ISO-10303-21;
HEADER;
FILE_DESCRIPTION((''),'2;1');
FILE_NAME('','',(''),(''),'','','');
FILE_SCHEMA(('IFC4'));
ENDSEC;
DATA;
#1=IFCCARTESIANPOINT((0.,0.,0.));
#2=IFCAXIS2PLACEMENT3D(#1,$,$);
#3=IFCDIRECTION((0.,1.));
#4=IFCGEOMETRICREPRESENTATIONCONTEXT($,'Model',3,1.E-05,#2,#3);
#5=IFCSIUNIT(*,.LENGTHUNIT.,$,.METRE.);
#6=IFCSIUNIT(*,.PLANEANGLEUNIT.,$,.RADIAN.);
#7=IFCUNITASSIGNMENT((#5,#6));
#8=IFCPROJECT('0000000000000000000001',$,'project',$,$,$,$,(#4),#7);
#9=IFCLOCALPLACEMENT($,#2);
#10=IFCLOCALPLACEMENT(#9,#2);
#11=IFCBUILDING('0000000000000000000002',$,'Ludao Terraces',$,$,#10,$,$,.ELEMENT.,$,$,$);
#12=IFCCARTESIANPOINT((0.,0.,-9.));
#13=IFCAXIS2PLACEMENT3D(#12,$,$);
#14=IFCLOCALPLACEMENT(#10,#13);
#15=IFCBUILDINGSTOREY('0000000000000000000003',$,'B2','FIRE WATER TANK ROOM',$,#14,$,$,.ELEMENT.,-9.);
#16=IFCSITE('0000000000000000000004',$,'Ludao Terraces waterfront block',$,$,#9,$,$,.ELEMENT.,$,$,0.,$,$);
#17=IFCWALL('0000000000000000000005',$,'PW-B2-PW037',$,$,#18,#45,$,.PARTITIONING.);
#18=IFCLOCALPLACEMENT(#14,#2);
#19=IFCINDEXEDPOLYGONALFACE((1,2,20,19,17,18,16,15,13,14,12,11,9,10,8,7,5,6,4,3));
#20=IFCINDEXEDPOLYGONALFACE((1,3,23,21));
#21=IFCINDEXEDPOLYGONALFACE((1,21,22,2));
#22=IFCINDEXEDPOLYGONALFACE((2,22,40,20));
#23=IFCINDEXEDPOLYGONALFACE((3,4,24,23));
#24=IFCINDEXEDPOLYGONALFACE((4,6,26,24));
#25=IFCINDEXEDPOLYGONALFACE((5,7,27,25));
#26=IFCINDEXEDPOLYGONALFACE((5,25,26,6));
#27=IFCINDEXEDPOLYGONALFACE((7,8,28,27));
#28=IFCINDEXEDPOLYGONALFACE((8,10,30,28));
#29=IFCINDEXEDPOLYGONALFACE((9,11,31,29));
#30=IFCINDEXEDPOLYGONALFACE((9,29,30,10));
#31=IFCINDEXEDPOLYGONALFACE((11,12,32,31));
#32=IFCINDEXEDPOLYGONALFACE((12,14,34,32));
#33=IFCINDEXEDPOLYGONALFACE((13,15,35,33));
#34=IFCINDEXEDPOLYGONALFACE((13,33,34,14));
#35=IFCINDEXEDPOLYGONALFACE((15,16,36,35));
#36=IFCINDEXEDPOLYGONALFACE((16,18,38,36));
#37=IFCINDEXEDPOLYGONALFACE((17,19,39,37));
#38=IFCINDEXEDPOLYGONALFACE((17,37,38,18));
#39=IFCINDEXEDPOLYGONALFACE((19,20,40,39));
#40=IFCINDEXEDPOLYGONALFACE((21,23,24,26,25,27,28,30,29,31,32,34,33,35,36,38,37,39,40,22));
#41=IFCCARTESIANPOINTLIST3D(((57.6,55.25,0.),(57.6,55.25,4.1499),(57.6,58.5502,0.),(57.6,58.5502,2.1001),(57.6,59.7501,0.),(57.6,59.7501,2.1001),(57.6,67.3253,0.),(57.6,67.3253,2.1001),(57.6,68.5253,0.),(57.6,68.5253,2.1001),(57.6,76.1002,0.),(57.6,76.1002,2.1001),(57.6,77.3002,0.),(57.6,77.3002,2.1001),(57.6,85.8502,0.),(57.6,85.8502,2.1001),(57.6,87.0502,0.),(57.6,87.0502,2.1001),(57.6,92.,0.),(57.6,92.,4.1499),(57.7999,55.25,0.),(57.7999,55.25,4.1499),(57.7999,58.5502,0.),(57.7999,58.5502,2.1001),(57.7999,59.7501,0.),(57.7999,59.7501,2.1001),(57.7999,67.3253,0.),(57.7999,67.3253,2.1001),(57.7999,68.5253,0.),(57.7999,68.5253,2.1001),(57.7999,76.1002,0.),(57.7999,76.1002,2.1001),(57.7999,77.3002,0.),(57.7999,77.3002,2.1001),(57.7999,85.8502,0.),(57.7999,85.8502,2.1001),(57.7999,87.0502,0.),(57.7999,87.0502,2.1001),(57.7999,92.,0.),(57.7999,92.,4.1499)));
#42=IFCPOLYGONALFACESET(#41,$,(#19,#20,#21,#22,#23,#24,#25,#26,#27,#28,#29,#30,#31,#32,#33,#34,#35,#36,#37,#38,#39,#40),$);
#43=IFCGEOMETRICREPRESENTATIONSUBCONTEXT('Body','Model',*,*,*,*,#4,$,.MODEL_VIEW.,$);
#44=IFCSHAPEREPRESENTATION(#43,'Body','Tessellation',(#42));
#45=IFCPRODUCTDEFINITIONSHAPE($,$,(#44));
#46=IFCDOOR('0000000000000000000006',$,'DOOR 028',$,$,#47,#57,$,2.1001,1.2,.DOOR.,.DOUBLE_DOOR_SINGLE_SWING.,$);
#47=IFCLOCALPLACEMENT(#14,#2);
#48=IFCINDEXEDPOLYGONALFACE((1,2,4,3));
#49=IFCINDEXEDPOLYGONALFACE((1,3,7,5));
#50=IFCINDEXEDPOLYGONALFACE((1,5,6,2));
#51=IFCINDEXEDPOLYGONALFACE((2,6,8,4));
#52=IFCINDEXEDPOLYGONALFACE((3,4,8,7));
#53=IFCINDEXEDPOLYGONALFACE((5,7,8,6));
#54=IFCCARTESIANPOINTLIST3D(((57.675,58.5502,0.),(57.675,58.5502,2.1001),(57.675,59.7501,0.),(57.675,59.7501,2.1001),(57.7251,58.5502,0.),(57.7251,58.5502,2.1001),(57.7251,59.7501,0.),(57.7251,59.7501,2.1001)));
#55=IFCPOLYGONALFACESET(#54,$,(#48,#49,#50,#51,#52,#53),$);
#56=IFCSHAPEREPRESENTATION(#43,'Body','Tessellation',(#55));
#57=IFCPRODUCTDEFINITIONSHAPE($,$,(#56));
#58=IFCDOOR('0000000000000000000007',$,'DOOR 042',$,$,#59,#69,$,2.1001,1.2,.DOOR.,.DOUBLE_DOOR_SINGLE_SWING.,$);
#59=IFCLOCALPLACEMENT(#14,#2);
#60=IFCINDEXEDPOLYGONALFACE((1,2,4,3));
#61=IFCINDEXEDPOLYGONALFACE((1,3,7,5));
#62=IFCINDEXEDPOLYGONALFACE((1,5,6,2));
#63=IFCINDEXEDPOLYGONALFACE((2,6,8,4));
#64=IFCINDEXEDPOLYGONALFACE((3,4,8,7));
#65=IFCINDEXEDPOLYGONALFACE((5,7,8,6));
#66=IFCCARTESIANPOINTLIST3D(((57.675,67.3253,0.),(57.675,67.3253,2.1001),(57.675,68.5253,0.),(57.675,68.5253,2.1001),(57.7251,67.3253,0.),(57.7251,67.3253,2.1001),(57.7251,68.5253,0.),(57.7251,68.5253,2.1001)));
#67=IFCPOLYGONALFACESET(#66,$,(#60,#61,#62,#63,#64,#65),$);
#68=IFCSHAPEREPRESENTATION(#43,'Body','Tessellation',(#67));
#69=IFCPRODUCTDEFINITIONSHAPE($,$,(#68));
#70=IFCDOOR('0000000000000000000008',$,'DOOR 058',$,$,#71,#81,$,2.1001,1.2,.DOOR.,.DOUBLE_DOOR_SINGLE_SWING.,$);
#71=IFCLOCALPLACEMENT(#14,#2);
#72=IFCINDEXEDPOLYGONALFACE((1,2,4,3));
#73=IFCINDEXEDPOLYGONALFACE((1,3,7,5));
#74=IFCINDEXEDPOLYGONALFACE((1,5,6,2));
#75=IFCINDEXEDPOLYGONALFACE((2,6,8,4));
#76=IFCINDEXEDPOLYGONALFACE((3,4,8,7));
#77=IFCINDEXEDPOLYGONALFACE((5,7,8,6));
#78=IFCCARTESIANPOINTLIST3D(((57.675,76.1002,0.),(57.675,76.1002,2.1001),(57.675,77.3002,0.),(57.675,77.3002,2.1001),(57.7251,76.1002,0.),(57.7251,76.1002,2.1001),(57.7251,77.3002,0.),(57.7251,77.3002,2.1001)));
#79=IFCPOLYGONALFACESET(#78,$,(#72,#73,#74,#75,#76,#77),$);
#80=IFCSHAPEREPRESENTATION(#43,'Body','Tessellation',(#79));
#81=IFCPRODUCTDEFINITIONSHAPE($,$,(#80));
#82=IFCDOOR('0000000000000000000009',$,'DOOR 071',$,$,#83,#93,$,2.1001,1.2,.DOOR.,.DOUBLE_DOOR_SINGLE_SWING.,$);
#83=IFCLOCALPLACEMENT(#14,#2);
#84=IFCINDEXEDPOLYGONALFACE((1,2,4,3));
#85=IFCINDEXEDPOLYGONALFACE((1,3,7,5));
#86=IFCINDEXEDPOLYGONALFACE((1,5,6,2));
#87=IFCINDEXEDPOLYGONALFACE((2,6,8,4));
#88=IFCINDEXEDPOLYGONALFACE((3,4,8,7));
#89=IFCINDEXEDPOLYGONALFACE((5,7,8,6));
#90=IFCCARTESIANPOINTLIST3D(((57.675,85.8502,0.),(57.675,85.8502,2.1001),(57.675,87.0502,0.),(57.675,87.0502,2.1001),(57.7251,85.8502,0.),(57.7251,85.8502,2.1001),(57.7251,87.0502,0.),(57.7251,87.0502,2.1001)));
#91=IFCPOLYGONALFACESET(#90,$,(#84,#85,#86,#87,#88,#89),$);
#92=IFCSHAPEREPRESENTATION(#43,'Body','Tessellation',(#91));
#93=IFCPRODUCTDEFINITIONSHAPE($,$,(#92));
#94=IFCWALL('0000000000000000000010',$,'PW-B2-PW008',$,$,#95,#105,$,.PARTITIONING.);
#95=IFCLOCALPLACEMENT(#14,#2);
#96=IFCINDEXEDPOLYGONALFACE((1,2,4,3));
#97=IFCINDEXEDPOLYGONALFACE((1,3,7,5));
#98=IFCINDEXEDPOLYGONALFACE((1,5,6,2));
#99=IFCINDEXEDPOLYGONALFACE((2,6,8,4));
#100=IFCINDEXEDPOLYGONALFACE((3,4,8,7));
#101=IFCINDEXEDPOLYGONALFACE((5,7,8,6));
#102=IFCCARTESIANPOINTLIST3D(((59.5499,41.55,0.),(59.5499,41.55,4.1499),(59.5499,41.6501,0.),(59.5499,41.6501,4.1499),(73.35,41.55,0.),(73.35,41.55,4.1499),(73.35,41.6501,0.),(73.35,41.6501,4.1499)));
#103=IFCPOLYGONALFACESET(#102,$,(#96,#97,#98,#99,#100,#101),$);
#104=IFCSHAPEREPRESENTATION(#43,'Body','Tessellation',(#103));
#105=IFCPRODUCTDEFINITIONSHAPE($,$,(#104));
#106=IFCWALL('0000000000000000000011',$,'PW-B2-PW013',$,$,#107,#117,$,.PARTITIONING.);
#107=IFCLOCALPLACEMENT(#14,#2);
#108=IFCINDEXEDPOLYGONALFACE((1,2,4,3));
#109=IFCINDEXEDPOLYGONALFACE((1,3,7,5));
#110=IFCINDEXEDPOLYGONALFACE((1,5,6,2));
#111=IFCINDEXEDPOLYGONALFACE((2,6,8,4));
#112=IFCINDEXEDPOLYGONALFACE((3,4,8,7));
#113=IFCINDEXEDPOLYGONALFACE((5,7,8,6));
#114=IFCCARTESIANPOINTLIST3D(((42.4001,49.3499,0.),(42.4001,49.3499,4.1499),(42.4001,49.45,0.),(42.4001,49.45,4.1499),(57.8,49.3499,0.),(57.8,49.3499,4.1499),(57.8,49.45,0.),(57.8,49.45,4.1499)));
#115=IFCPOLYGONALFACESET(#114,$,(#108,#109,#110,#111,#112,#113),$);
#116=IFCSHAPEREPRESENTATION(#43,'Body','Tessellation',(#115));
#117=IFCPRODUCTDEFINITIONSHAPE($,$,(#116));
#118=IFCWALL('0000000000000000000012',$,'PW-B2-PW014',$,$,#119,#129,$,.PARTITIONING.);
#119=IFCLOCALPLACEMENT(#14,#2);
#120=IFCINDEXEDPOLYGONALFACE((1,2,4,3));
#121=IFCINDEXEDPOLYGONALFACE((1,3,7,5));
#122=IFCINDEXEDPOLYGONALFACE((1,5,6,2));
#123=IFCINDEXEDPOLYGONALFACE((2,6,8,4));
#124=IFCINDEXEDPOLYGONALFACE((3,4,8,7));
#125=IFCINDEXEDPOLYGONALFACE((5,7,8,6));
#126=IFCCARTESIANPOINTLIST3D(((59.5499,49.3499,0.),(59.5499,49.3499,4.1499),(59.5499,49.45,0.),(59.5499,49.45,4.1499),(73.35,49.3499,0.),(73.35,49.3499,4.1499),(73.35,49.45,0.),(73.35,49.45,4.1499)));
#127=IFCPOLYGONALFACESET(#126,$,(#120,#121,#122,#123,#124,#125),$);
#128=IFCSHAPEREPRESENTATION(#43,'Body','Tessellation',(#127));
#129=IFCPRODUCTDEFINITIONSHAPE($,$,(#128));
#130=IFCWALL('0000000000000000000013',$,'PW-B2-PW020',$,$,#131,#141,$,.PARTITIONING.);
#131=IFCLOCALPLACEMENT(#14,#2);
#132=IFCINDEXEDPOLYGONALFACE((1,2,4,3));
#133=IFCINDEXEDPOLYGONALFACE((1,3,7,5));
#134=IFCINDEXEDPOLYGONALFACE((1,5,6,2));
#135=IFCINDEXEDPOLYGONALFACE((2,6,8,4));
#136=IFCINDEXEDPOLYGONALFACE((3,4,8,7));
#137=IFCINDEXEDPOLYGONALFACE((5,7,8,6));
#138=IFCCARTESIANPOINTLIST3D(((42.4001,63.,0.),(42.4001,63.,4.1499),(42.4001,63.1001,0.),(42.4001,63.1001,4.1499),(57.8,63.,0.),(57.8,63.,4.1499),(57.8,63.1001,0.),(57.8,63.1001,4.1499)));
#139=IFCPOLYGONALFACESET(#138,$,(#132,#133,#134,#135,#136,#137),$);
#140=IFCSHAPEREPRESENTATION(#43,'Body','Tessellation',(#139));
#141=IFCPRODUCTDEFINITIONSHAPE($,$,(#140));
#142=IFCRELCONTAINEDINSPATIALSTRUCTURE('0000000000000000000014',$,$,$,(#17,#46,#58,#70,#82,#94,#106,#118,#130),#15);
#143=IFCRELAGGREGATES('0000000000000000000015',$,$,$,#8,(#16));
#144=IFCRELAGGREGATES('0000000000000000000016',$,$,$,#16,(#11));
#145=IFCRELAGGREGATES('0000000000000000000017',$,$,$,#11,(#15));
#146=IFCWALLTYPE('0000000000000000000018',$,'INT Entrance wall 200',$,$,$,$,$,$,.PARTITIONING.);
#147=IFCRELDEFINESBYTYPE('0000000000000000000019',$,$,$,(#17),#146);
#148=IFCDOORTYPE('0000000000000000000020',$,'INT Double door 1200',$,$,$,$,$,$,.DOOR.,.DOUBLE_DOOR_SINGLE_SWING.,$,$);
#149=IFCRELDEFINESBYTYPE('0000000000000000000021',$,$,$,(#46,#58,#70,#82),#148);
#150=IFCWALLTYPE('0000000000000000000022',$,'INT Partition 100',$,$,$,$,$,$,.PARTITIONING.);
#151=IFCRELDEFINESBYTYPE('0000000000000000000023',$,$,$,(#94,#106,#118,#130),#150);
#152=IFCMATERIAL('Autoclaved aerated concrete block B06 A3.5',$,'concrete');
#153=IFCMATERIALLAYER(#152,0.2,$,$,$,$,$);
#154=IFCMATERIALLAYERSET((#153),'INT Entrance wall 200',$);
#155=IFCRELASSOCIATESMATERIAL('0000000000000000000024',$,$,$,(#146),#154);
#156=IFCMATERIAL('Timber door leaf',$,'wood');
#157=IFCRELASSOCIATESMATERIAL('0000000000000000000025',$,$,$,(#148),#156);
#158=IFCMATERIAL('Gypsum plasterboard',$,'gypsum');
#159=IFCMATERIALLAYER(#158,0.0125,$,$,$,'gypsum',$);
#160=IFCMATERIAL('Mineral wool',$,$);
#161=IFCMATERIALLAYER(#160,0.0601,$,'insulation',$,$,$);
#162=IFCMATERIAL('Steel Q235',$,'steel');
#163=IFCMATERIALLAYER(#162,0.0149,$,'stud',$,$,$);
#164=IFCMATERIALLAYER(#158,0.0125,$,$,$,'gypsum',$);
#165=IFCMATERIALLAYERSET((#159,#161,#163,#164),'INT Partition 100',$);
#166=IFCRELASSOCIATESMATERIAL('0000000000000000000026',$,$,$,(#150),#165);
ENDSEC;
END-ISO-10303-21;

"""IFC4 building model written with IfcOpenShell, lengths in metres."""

from ifc_helpers import new_model, si_unit, direction, frame, frame_2d, origin, place, context, subcontext, project, spatial, rectangle, extrude, material, layer, layer_set, type_object, element, fill, save


model = new_model("IFC4")

# Units and contexts
model_context = context("Model", 3, precision=1e-05, world=origin(), true_north=direction((0.0, 1.0)))
body_context = subcontext(model_context, "Body", "Model", "MODEL_VIEW")
ifc_project = project(units=[si_unit("LENGTHUNIT", "METRE"), si_unit("PLANEANGLEUNIT", "RADIAN")], contexts=[model_context])

# Site, building, storey
site_placement = place(None, origin())
site = spatial("IfcSite", under=ifc_project, at=site_placement, Name="Ludao Terraces waterfront block", CompositionType="ELEMENT", RefElevation=0.0)
building_placement = place(site_placement, origin())
building = spatial("IfcBuilding", under=site, at=building_placement, Name="Ludao Terraces", CompositionType="ELEMENT")
storey_placement = place(building_placement, frame((0.0, 0.0, -9.0)))
storey = spatial("IfcBuildingStorey", under=building, at=storey_placement, Name="B2", Description="FIRE WATER TANK ROOM", CompositionType="ELEMENT", Elevation=-9.0)

# Shared definitions
ifc_material_1 = material(Name="Autoclaved aerated concrete block B06 A3.5", Category="concrete")
ifc_layer_1 = layer(ifc_material_1, 0.2)
ifc_layer_set_1 = layer_set([ifc_layer_1], Name="INT Entrance wall 200")
wall_type_1 = type_object("IfcWallType", Name="INT Entrance wall 200", PredefinedType="PARTITIONING", material=ifc_layer_set_1)

# Wall, openings, doors
wall_1_placement = place(storey_placement, frame((57.7, 55.25, 0.0), z_axis=(0.0, 0.0, 1.0), x_axis=(0.0, 1.0, 0.0)))
wall_1 = element("IfcWall", 1, at=wall_1_placement, inside=storey, type_object=wall_type_1, Name="PW-B2-PW037", PredefinedType="PARTITIONING", context=body_context, shape_type="SweptSolid", body=[
    extrude(rectangle(XDim=36.75, YDim=0.2, at=frame_2d((18.375, 0.0))), origin(), (0.0, 0.0, 1.0), 4.1499),
])
opening_1_placement = place(wall_1_placement, frame((3.3, 0.0, 0.0)))
opening_1 = element("IfcOpeningElement", 2, at=opening_1_placement, cuts=wall_1, PredefinedType="OPENING", context=body_context, shape_type="SweptSolid", body=[
    extrude(rectangle(XDim=1.2, YDim=2.1001, at=frame_2d((0.6001, 1.05))), frame((0.0, 0.1099, 0.0), z_axis=(0.0, -1.0, 0.0), x_axis=(1.0, 0.0, 0.0)), (0.0, 0.0, 1.0), 0.22),
])
opening_2_placement = place(wall_1_placement, frame((12.0752, 0.0, 0.0)))
opening_2 = element("IfcOpeningElement", 3, at=opening_2_placement, cuts=wall_1, PredefinedType="OPENING", context=body_context, shape_type="SweptSolid", body=[
    extrude(rectangle(XDim=1.2, YDim=2.1001, at=frame_2d((0.6001, 1.05))), frame((0.0, 0.1099, 0.0), z_axis=(0.0, -1.0, 0.0), x_axis=(1.0, 0.0, 0.0)), (0.0, 0.0, 1.0), 0.22),
])
opening_3_placement = place(wall_1_placement, frame((20.8501, 0.0, 0.0)))
opening_3 = element("IfcOpeningElement", 4, at=opening_3_placement, cuts=wall_1, PredefinedType="OPENING", context=body_context, shape_type="SweptSolid", body=[
    extrude(rectangle(XDim=1.2, YDim=2.1001, at=frame_2d((0.6001, 1.05))), frame((0.0, 0.1099, 0.0), z_axis=(0.0, -1.0, 0.0), x_axis=(1.0, 0.0, 0.0)), (0.0, 0.0, 1.0), 0.22),
])
opening_4_placement = place(wall_1_placement, frame((30.6001, 0.0, 0.0)))
opening_4 = element("IfcOpeningElement", 5, at=opening_4_placement, cuts=wall_1, PredefinedType="OPENING", context=body_context, shape_type="SweptSolid", body=[
    extrude(rectangle(XDim=1.2, YDim=2.1001, at=frame_2d((0.6001, 1.05))), frame((0.0, 0.1099, 0.0), z_axis=(0.0, -1.0, 0.0), x_axis=(1.0, 0.0, 0.0)), (0.0, 0.0, 1.0), 0.22),
])
ifc_material_2 = material(Name="Timber door leaf", Category="wood")
door_type = type_object("IfcDoorType", Name="INT Double door 1200", OperationType="DOUBLE_DOOR_SINGLE_SWING", PredefinedType="DOOR", material=ifc_material_2)
door_1_placement = place(opening_1_placement, origin())
door_1 = element("IfcDoor", 6, at=door_1_placement, inside=storey, type_object=door_type, Name="DOOR 028", OperationType="DOUBLE_DOOR_SINGLE_SWING", OverallHeight=2.1001, OverallWidth=1.2, PredefinedType="DOOR", context=body_context, shape_type="SweptSolid", body=[
    extrude(rectangle(XDim=1.2, YDim=2.1001, at=frame_2d((0.6001, 1.05))), frame((0.0, 0.0249, 0.0), z_axis=(0.0, -1.0, 0.0), x_axis=(1.0, 0.0, 0.0)), (0.0, 0.0, 1.0), 0.05),
])
fill(opening_1, door_1)
door_2_placement = place(opening_2_placement, origin())
door_2 = element("IfcDoor", 7, at=door_2_placement, inside=storey, type_object=door_type, Name="DOOR 042", OperationType="DOUBLE_DOOR_SINGLE_SWING", OverallHeight=2.1001, OverallWidth=1.2, PredefinedType="DOOR", context=body_context, shape_type="SweptSolid", body=[
    extrude(rectangle(XDim=1.2, YDim=2.1001, at=frame_2d((0.6001, 1.05))), frame((0.0, 0.0249, 0.0), z_axis=(0.0, -1.0, 0.0), x_axis=(1.0, 0.0, 0.0)), (0.0, 0.0, 1.0), 0.05),
])
fill(opening_2, door_2)
door_3_placement = place(opening_3_placement, origin())
door_3 = element("IfcDoor", 8, at=door_3_placement, inside=storey, type_object=door_type, Name="DOOR 058", OperationType="DOUBLE_DOOR_SINGLE_SWING", OverallHeight=2.1001, OverallWidth=1.2, PredefinedType="DOOR", context=body_context, shape_type="SweptSolid", body=[
    extrude(rectangle(XDim=1.2, YDim=2.1001, at=frame_2d((0.6001, 1.05))), frame((0.0, 0.0249, 0.0), z_axis=(0.0, -1.0, 0.0), x_axis=(1.0, 0.0, 0.0)), (0.0, 0.0, 1.0), 0.05),
])
fill(opening_3, door_3)
door_4_placement = place(opening_4_placement, origin())
door_4 = element("IfcDoor", 9, at=door_4_placement, inside=storey, type_object=door_type, Name="DOOR 071", OperationType="DOUBLE_DOOR_SINGLE_SWING", OverallHeight=2.1001, OverallWidth=1.2, PredefinedType="DOOR", context=body_context, shape_type="SweptSolid", body=[
    extrude(rectangle(XDim=1.2, YDim=2.1001, at=frame_2d((0.6001, 1.05))), frame((0.0, 0.0249, 0.0), z_axis=(0.0, -1.0, 0.0), x_axis=(1.0, 0.0, 0.0)), (0.0, 0.0, 1.0), 0.05),
])
fill(opening_4, door_4)

# Walls
ifc_material_3 = material(Name="Gypsum plasterboard", Category="gypsum")
ifc_layer_2 = layer(ifc_material_3, 0.0125, Category="gypsum")
ifc_material_4 = material(Name="Mineral wool")
ifc_layer_3 = layer(ifc_material_4, 0.0601, Name="insulation")
ifc_material_5 = material(Name="Steel Q235", Category="steel")
ifc_layer_4 = layer(ifc_material_5, 0.0149, Name="stud")
ifc_layer_5 = layer(ifc_material_3, 0.0125, Category="gypsum")
ifc_layer_set_2 = layer_set([ifc_layer_2, ifc_layer_3, ifc_layer_4, ifc_layer_5], Name="INT Partition 100")
wall_type_2 = type_object("IfcWallType", Name="INT Partition 100", PredefinedType="PARTITIONING", material=ifc_layer_set_2)
wall_2_placement = place(storey_placement, frame((59.55, 41.6001, 0.0), z_axis=(0.0, 0.0, 1.0), x_axis=(1.0, 0.0, 0.0)))
element("IfcWall", 10, at=wall_2_placement, inside=storey, type_object=wall_type_2, Name="PW-B2-PW008", PredefinedType="PARTITIONING", context=body_context, shape_type="SweptSolid", body=[
    extrude(rectangle(XDim=13.8, YDim=0.1001, at=frame_2d((6.8999, 0.0))), origin(), (0.0, 0.0, 1.0), 4.1499),
])
wall_3_placement = place(storey_placement, frame((42.4001, 49.3999, 0.0), z_axis=(0.0, 0.0, 1.0), x_axis=(1.0, 0.0, 0.0)))
element("IfcWall", 11, at=wall_3_placement, inside=storey, type_object=wall_type_2, Name="PW-B2-PW013", PredefinedType="PARTITIONING", context=body_context, shape_type="SweptSolid", body=[
    extrude(rectangle(XDim=15.3999, YDim=0.1001, at=frame_2d((7.7, 0.0))), origin(), (0.0, 0.0, 1.0), 4.1499),
])
wall_4_placement = place(storey_placement, frame((59.55, 49.3999, 0.0), z_axis=(0.0, 0.0, 1.0), x_axis=(1.0, 0.0, 0.0)))
element("IfcWall", 12, at=wall_4_placement, inside=storey, type_object=wall_type_2, Name="PW-B2-PW014", PredefinedType="PARTITIONING", context=body_context, shape_type="SweptSolid", body=[
    extrude(rectangle(XDim=13.8, YDim=0.1001, at=frame_2d((6.8999, 0.0))), origin(), (0.0, 0.0, 1.0), 4.1499),
])
wall_5_placement = place(storey_placement, frame((42.4001, 63.05, 0.0), z_axis=(0.0, 0.0, 1.0), x_axis=(1.0, 0.0, 0.0)))
element("IfcWall", 13, at=wall_5_placement, inside=storey, type_object=wall_type_2, Name="PW-B2-PW020", PredefinedType="PARTITIONING", context=body_context, shape_type="SweptSolid", body=[
    extrude(rectangle(XDim=15.3999, YDim=0.1001, at=frame_2d((7.7, 0.0))), origin(), (0.0, 0.0, 1.0), 4.1499),
])

save(model, "model.ifc")
